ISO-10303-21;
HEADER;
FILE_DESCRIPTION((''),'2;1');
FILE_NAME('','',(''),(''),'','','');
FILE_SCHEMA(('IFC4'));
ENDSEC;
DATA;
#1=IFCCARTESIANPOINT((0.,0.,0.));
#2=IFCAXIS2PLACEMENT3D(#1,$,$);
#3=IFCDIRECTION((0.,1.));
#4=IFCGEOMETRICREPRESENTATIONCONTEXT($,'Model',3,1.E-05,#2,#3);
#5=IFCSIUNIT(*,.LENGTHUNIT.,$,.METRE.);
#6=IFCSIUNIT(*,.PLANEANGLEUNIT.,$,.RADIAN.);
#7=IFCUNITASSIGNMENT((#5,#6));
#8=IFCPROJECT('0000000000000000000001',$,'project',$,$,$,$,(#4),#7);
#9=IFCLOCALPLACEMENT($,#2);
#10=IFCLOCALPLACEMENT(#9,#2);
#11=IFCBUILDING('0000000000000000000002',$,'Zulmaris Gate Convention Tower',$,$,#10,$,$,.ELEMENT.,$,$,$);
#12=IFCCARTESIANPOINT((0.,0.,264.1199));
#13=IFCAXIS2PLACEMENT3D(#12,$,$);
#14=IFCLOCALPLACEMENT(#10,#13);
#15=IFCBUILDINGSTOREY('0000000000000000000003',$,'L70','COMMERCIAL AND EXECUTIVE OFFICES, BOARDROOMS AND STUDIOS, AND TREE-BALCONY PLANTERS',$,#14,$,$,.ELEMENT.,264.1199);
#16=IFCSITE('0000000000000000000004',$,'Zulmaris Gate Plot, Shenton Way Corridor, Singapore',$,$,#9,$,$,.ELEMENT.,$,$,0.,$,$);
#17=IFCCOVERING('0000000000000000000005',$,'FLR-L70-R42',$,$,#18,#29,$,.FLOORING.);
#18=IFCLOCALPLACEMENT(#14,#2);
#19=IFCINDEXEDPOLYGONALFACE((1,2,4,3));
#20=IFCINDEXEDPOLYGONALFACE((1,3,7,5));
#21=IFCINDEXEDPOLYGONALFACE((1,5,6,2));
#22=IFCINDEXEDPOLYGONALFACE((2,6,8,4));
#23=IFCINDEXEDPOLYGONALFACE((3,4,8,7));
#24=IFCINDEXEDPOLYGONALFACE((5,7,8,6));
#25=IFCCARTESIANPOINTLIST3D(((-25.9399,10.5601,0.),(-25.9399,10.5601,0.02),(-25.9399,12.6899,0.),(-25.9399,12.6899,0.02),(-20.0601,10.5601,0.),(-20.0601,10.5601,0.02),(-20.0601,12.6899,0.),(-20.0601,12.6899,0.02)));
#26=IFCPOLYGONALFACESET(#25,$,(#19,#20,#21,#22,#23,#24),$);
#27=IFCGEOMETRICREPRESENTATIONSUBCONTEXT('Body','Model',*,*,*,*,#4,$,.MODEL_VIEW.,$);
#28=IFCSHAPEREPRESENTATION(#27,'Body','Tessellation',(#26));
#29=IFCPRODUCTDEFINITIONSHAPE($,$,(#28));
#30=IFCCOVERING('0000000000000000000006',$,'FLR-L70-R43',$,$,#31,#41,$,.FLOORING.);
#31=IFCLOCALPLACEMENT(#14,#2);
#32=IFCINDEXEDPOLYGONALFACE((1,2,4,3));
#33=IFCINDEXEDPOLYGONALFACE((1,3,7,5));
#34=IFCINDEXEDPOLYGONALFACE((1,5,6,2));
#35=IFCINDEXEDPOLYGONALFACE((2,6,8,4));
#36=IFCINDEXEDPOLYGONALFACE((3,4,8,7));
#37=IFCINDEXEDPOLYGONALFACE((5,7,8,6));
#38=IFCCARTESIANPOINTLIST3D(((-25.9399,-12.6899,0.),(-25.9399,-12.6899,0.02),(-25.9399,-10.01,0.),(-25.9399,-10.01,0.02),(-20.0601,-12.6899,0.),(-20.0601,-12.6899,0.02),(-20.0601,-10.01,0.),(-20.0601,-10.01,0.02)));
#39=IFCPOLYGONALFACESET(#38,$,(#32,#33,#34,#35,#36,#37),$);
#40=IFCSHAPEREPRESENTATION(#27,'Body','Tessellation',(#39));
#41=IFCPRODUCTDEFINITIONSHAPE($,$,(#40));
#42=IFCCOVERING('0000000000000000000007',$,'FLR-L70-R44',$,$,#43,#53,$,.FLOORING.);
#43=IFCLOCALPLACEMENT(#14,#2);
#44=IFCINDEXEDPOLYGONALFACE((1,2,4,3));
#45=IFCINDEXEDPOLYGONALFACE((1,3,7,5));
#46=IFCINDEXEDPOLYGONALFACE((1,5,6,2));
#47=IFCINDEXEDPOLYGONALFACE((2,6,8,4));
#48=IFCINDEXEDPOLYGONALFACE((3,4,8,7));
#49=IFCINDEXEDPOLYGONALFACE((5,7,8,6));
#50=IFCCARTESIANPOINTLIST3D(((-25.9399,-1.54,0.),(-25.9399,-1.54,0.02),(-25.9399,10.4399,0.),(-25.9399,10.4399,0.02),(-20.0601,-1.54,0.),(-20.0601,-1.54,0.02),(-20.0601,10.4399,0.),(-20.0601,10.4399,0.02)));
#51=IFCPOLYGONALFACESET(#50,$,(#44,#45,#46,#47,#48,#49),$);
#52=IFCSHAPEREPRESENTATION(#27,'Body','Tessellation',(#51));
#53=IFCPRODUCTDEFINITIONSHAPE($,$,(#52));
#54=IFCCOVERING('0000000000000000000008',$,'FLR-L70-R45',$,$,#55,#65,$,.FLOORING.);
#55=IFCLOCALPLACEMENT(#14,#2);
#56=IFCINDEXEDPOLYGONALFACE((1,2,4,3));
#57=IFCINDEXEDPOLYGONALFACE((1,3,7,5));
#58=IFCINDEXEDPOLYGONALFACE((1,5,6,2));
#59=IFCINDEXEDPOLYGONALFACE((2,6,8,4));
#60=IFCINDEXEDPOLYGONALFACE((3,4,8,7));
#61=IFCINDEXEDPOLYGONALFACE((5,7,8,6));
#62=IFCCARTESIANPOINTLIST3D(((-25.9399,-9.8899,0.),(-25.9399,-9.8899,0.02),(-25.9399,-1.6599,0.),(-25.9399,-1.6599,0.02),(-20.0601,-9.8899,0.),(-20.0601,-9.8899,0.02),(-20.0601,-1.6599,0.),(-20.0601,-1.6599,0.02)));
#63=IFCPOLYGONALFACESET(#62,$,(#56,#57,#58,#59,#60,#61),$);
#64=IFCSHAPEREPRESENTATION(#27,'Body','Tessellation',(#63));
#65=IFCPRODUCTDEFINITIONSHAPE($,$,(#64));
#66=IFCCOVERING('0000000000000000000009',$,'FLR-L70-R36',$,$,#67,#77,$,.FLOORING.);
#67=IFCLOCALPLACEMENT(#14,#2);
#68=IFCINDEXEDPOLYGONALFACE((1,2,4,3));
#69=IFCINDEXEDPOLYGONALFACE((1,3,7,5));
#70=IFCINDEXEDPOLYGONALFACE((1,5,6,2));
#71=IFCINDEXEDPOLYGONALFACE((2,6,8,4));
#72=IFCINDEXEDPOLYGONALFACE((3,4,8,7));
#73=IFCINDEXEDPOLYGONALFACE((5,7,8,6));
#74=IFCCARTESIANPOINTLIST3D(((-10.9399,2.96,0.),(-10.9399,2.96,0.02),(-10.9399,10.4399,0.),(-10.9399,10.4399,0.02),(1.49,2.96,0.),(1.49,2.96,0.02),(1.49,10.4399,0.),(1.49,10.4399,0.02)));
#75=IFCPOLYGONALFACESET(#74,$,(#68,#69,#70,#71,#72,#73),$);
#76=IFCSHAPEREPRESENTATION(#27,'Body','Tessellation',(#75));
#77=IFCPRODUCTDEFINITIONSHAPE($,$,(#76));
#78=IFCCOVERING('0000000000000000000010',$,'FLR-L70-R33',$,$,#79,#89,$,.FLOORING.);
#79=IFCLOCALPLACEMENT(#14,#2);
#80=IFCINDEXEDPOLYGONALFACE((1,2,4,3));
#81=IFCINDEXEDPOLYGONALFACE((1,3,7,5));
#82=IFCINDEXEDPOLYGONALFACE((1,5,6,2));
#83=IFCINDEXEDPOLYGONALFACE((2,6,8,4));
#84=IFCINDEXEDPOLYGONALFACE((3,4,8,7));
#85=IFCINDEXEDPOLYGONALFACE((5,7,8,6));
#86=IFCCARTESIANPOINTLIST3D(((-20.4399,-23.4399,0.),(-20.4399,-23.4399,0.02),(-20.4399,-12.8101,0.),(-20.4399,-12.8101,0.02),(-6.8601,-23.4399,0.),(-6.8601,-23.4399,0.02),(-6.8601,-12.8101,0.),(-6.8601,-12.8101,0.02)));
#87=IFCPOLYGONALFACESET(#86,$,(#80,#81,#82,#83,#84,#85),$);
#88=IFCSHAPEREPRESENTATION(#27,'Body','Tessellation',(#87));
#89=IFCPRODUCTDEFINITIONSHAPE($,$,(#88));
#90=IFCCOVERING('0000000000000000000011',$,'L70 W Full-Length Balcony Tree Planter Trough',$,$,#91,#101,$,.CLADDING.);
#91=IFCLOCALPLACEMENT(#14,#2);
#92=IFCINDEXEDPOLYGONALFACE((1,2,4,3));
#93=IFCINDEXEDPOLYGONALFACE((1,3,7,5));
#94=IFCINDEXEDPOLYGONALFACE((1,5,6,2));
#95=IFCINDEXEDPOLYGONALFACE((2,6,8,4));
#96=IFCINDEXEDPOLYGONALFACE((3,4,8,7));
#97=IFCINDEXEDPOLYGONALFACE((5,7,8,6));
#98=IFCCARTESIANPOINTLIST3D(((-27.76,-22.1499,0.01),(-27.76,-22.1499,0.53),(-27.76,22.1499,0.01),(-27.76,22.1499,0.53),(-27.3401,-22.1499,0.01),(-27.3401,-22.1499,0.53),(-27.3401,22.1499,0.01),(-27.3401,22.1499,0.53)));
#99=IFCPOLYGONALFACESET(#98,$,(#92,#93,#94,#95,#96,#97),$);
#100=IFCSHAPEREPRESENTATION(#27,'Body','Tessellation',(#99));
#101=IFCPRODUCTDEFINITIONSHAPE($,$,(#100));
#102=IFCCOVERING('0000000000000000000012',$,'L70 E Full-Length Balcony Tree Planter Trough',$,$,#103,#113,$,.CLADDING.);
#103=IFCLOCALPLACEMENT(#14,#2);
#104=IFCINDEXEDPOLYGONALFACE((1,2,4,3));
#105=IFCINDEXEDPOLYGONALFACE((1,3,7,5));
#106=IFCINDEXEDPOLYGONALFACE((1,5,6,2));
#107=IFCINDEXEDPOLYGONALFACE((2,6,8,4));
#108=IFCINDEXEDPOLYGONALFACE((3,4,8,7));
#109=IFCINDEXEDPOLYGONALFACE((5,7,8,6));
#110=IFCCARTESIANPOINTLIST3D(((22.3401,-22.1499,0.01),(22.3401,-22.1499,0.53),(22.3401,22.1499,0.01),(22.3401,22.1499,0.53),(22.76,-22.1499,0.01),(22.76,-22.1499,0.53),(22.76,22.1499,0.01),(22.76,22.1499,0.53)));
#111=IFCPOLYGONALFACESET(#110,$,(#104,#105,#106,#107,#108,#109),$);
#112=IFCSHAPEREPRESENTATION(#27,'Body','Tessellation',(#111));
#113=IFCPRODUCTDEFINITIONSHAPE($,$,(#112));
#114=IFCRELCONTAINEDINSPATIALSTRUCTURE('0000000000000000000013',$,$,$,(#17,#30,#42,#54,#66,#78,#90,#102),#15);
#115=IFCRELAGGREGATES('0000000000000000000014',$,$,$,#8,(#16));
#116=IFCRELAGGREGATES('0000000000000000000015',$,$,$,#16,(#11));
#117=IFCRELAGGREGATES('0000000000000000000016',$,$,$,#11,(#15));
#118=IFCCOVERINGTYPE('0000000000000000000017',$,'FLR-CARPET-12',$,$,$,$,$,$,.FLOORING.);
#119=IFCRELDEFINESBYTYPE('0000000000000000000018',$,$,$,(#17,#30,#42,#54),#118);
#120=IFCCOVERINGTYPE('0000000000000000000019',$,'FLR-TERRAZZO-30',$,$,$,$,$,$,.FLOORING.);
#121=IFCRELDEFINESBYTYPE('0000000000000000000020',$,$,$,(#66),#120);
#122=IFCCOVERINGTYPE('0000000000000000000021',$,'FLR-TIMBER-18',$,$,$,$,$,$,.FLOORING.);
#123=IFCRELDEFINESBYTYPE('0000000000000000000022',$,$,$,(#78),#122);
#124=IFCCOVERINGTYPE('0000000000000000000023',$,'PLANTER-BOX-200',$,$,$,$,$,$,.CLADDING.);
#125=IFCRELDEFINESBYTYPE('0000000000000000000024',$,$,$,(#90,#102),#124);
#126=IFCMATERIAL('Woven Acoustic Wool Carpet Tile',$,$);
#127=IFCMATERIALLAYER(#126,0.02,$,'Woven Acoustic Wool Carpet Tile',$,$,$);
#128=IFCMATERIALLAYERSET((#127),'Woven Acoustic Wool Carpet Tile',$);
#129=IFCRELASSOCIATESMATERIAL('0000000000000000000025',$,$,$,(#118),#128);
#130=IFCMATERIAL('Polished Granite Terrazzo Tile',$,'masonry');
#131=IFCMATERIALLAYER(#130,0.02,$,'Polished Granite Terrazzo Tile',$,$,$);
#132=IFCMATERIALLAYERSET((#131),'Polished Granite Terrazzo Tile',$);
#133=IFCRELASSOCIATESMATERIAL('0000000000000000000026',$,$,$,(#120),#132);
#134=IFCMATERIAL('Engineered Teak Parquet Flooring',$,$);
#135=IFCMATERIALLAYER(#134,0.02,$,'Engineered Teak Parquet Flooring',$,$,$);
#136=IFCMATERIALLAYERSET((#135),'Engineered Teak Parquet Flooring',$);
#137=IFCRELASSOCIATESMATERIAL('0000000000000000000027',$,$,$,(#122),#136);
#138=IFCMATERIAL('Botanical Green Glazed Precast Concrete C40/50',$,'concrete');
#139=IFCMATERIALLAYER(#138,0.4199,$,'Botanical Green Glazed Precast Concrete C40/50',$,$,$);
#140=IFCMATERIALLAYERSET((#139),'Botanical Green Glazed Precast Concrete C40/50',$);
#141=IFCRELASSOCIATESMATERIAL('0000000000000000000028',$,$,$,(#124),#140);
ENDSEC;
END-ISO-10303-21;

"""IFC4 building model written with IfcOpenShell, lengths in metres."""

from ifc_helpers import new_model, si_unit, direction, frame, origin, place, context, subcontext, project, spatial, polyline, outline, extrude, material, layer, layer_set, type_object, element, save


model = new_model("IFC4")

# Units and contexts
model_context = context("Model", 3, precision=1e-05, world=origin(), true_north=direction((0.0, 1.0)))
body_context = subcontext(model_context, "Body", "Model", "MODEL_VIEW")
ifc_project = project(units=[si_unit("LENGTHUNIT", "METRE"), si_unit("PLANEANGLEUNIT", "RADIAN")], contexts=[model_context])

# Site, building, storey
site_placement = place(None, origin())
site = spatial("IfcSite", under=ifc_project, at=site_placement, Name="Zulmaris Gate Plot, Shenton Way Corridor, Singapore", CompositionType="ELEMENT", RefElevation=0.0)
building_placement = place(site_placement, origin())
building = spatial("IfcBuilding", under=site, at=building_placement, Name="Zulmaris Gate Convention Tower", CompositionType="ELEMENT")
storey_placement = place(building_placement, frame((0.0, 0.0, 264.1199)))
storey = spatial("IfcBuildingStorey", under=building, at=storey_placement, Name="L70", Description="COMMERCIAL AND EXECUTIVE OFFICES, BOARDROOMS AND STUDIOS, AND TREE-BALCONY PLANTERS", CompositionType="ELEMENT", Elevation=264.1199)

# Coverings
ifc_material_1 = material(Name="Woven Acoustic Wool Carpet Tile")
ifc_layer_1 = layer(ifc_material_1, 0.02, Name="Woven Acoustic Wool Carpet Tile")
ifc_layer_set_1 = layer_set([ifc_layer_1], Name="Woven Acoustic Wool Carpet Tile")
covering_type_1 = type_object("IfcCoveringType", Name="FLR-CARPET-12", PredefinedType="FLOORING", material=ifc_layer_set_1)
covering_1_placement = place(storey_placement, origin())
element("IfcCovering", 1, at=covering_1_placement, inside=storey, type_object=covering_type_1, Name="FLR-L70-R42", PredefinedType="FLOORING", context=body_context, shape_type="SweptSolid", body=[
    extrude(outline(polyline([(-25.9399, 10.5601), (-20.0601, 10.5601), (-20.0601, 12.6899), (-25.9399, 12.6899), (-25.9399, 10.5601)])), origin(), (0.0, 0.0, 1.0), 0.02),
])
covering_2_placement = place(storey_placement, origin())
element("IfcCovering", 2, at=covering_2_placement, inside=storey, type_object=covering_type_1, Name="FLR-L70-R43", PredefinedType="FLOORING", context=body_context, shape_type="SweptSolid", body=[
    extrude(outline(polyline([(-25.9399, -12.6899), (-20.0601, -12.6899), (-20.0601, -10.01), (-25.9399, -10.01), (-25.9399, -12.6899)])), origin(), (0.0, 0.0, 1.0), 0.02),
])
covering_3_placement = place(storey_placement, origin())
element("IfcCovering", 3, at=covering_3_placement, inside=storey, type_object=covering_type_1, Name="FLR-L70-R44", PredefinedType="FLOORING", context=body_context, shape_type="SweptSolid", body=[
    extrude(outline(polyline([(-25.9399, -1.54), (-20.0601, -1.54), (-20.0601, 10.4399), (-25.9399, 10.4399), (-25.9399, -1.54)])), origin(), (0.0, 0.0, 1.0), 0.02),
])
covering_4_placement = place(storey_placement, origin())
element("IfcCovering", 4, at=covering_4_placement, inside=storey, type_object=covering_type_1, Name="FLR-L70-R45", PredefinedType="FLOORING", context=body_context, shape_type="SweptSolid", body=[
    extrude(outline(polyline([(-25.9399, -9.8899), (-20.0601, -9.8899), (-20.0601, -1.6599), (-25.9399, -1.6599), (-25.9399, -9.8899)])), origin(), (0.0, 0.0, 1.0), 0.02),
])
ifc_material_2 = material(Name="Polished Granite Terrazzo Tile", Category="masonry")
ifc_layer_2 = layer(ifc_material_2, 0.02, Name="Polished Granite Terrazzo Tile")
ifc_layer_set_2 = layer_set([ifc_layer_2], Name="Polished Granite Terrazzo Tile")
covering_type_2 = type_object("IfcCoveringType", Name="FLR-TERRAZZO-30", PredefinedType="FLOORING", material=ifc_layer_set_2)
covering_5_placement = place(storey_placement, origin())
element("IfcCovering", 5, at=covering_5_placement, inside=storey, type_object=covering_type_2, Name="FLR-L70-R36", PredefinedType="FLOORING", context=body_context, shape_type="SweptSolid", body=[
    extrude(outline(polyline([(-10.9399, 2.96), (1.49, 2.96), (1.49, 10.4399), (-10.9399, 10.4399), (-10.9399, 2.96)])), origin(), (0.0, 0.0, 1.0), 0.02),
])
ifc_material_3 = material(Name="Engineered Teak Parquet Flooring")
ifc_layer_3 = layer(ifc_material_3, 0.02, Name="Engineered Teak Parquet Flooring")
ifc_layer_set_3 = layer_set([ifc_layer_3], Name="Engineered Teak Parquet Flooring")
covering_type_3 = type_object("IfcCoveringType", Name="FLR-TIMBER-18", PredefinedType="FLOORING", material=ifc_layer_set_3)
covering_6_placement = place(storey_placement, origin())
element("IfcCovering", 6, at=covering_6_placement, inside=storey, type_object=covering_type_3, Name="FLR-L70-R33", PredefinedType="FLOORING", context=body_context, shape_type="SweptSolid", body=[
    extrude(outline(polyline([(-20.4399, -23.4399), (-6.8601, -23.4399), (-6.8601, -12.8101), (-20.4399, -12.8101), (-20.4399, -23.4399)])), origin(), (0.0, 0.0, 1.0), 0.02),
])
ifc_material_4 = material(Name="Botanical Green Glazed Precast Concrete C40/50", Category="concrete")
ifc_layer_4 = layer(ifc_material_4, 0.4199, Name="Botanical Green Glazed Precast Concrete C40/50")
ifc_layer_set_4 = layer_set([ifc_layer_4], Name="Botanical Green Glazed Precast Concrete C40/50")
covering_type_4 = type_object("IfcCoveringType", Name="PLANTER-BOX-200", PredefinedType="CLADDING", material=ifc_layer_set_4)
covering_7_placement = place(storey_placement, frame((0.0, 0.0, 0.01)))
element("IfcCovering", 7, at=covering_7_placement, inside=storey, type_object=covering_type_4, Name="L70 W Full-Length Balcony Tree Planter Trough", PredefinedType="CLADDING", context=body_context, shape_type="SweptSolid", body=[
    extrude(outline(polyline([(-27.76, -22.1499), (-27.3401, -22.1499), (-27.3401, 22.1499), (-27.76, 22.1499), (-27.76, -22.1499)])), origin(), (0.0, 0.0, 1.0), 0.52),
])
covering_8_placement = place(storey_placement, frame((0.0, 0.0, 0.01)))
element("IfcCovering", 8, at=covering_8_placement, inside=storey, type_object=covering_type_4, Name="L70 E Full-Length Balcony Tree Planter Trough", PredefinedType="CLADDING", context=body_context, shape_type="SweptSolid", body=[
    extrude(outline(polyline([(22.3401, -22.1499), (22.76, -22.1499), (22.76, 22.1499), (22.3401, 22.1499), (22.3401, -22.1499)])), origin(), (0.0, 0.0, 1.0), 0.52),
])

save(model, "model.ifc")
